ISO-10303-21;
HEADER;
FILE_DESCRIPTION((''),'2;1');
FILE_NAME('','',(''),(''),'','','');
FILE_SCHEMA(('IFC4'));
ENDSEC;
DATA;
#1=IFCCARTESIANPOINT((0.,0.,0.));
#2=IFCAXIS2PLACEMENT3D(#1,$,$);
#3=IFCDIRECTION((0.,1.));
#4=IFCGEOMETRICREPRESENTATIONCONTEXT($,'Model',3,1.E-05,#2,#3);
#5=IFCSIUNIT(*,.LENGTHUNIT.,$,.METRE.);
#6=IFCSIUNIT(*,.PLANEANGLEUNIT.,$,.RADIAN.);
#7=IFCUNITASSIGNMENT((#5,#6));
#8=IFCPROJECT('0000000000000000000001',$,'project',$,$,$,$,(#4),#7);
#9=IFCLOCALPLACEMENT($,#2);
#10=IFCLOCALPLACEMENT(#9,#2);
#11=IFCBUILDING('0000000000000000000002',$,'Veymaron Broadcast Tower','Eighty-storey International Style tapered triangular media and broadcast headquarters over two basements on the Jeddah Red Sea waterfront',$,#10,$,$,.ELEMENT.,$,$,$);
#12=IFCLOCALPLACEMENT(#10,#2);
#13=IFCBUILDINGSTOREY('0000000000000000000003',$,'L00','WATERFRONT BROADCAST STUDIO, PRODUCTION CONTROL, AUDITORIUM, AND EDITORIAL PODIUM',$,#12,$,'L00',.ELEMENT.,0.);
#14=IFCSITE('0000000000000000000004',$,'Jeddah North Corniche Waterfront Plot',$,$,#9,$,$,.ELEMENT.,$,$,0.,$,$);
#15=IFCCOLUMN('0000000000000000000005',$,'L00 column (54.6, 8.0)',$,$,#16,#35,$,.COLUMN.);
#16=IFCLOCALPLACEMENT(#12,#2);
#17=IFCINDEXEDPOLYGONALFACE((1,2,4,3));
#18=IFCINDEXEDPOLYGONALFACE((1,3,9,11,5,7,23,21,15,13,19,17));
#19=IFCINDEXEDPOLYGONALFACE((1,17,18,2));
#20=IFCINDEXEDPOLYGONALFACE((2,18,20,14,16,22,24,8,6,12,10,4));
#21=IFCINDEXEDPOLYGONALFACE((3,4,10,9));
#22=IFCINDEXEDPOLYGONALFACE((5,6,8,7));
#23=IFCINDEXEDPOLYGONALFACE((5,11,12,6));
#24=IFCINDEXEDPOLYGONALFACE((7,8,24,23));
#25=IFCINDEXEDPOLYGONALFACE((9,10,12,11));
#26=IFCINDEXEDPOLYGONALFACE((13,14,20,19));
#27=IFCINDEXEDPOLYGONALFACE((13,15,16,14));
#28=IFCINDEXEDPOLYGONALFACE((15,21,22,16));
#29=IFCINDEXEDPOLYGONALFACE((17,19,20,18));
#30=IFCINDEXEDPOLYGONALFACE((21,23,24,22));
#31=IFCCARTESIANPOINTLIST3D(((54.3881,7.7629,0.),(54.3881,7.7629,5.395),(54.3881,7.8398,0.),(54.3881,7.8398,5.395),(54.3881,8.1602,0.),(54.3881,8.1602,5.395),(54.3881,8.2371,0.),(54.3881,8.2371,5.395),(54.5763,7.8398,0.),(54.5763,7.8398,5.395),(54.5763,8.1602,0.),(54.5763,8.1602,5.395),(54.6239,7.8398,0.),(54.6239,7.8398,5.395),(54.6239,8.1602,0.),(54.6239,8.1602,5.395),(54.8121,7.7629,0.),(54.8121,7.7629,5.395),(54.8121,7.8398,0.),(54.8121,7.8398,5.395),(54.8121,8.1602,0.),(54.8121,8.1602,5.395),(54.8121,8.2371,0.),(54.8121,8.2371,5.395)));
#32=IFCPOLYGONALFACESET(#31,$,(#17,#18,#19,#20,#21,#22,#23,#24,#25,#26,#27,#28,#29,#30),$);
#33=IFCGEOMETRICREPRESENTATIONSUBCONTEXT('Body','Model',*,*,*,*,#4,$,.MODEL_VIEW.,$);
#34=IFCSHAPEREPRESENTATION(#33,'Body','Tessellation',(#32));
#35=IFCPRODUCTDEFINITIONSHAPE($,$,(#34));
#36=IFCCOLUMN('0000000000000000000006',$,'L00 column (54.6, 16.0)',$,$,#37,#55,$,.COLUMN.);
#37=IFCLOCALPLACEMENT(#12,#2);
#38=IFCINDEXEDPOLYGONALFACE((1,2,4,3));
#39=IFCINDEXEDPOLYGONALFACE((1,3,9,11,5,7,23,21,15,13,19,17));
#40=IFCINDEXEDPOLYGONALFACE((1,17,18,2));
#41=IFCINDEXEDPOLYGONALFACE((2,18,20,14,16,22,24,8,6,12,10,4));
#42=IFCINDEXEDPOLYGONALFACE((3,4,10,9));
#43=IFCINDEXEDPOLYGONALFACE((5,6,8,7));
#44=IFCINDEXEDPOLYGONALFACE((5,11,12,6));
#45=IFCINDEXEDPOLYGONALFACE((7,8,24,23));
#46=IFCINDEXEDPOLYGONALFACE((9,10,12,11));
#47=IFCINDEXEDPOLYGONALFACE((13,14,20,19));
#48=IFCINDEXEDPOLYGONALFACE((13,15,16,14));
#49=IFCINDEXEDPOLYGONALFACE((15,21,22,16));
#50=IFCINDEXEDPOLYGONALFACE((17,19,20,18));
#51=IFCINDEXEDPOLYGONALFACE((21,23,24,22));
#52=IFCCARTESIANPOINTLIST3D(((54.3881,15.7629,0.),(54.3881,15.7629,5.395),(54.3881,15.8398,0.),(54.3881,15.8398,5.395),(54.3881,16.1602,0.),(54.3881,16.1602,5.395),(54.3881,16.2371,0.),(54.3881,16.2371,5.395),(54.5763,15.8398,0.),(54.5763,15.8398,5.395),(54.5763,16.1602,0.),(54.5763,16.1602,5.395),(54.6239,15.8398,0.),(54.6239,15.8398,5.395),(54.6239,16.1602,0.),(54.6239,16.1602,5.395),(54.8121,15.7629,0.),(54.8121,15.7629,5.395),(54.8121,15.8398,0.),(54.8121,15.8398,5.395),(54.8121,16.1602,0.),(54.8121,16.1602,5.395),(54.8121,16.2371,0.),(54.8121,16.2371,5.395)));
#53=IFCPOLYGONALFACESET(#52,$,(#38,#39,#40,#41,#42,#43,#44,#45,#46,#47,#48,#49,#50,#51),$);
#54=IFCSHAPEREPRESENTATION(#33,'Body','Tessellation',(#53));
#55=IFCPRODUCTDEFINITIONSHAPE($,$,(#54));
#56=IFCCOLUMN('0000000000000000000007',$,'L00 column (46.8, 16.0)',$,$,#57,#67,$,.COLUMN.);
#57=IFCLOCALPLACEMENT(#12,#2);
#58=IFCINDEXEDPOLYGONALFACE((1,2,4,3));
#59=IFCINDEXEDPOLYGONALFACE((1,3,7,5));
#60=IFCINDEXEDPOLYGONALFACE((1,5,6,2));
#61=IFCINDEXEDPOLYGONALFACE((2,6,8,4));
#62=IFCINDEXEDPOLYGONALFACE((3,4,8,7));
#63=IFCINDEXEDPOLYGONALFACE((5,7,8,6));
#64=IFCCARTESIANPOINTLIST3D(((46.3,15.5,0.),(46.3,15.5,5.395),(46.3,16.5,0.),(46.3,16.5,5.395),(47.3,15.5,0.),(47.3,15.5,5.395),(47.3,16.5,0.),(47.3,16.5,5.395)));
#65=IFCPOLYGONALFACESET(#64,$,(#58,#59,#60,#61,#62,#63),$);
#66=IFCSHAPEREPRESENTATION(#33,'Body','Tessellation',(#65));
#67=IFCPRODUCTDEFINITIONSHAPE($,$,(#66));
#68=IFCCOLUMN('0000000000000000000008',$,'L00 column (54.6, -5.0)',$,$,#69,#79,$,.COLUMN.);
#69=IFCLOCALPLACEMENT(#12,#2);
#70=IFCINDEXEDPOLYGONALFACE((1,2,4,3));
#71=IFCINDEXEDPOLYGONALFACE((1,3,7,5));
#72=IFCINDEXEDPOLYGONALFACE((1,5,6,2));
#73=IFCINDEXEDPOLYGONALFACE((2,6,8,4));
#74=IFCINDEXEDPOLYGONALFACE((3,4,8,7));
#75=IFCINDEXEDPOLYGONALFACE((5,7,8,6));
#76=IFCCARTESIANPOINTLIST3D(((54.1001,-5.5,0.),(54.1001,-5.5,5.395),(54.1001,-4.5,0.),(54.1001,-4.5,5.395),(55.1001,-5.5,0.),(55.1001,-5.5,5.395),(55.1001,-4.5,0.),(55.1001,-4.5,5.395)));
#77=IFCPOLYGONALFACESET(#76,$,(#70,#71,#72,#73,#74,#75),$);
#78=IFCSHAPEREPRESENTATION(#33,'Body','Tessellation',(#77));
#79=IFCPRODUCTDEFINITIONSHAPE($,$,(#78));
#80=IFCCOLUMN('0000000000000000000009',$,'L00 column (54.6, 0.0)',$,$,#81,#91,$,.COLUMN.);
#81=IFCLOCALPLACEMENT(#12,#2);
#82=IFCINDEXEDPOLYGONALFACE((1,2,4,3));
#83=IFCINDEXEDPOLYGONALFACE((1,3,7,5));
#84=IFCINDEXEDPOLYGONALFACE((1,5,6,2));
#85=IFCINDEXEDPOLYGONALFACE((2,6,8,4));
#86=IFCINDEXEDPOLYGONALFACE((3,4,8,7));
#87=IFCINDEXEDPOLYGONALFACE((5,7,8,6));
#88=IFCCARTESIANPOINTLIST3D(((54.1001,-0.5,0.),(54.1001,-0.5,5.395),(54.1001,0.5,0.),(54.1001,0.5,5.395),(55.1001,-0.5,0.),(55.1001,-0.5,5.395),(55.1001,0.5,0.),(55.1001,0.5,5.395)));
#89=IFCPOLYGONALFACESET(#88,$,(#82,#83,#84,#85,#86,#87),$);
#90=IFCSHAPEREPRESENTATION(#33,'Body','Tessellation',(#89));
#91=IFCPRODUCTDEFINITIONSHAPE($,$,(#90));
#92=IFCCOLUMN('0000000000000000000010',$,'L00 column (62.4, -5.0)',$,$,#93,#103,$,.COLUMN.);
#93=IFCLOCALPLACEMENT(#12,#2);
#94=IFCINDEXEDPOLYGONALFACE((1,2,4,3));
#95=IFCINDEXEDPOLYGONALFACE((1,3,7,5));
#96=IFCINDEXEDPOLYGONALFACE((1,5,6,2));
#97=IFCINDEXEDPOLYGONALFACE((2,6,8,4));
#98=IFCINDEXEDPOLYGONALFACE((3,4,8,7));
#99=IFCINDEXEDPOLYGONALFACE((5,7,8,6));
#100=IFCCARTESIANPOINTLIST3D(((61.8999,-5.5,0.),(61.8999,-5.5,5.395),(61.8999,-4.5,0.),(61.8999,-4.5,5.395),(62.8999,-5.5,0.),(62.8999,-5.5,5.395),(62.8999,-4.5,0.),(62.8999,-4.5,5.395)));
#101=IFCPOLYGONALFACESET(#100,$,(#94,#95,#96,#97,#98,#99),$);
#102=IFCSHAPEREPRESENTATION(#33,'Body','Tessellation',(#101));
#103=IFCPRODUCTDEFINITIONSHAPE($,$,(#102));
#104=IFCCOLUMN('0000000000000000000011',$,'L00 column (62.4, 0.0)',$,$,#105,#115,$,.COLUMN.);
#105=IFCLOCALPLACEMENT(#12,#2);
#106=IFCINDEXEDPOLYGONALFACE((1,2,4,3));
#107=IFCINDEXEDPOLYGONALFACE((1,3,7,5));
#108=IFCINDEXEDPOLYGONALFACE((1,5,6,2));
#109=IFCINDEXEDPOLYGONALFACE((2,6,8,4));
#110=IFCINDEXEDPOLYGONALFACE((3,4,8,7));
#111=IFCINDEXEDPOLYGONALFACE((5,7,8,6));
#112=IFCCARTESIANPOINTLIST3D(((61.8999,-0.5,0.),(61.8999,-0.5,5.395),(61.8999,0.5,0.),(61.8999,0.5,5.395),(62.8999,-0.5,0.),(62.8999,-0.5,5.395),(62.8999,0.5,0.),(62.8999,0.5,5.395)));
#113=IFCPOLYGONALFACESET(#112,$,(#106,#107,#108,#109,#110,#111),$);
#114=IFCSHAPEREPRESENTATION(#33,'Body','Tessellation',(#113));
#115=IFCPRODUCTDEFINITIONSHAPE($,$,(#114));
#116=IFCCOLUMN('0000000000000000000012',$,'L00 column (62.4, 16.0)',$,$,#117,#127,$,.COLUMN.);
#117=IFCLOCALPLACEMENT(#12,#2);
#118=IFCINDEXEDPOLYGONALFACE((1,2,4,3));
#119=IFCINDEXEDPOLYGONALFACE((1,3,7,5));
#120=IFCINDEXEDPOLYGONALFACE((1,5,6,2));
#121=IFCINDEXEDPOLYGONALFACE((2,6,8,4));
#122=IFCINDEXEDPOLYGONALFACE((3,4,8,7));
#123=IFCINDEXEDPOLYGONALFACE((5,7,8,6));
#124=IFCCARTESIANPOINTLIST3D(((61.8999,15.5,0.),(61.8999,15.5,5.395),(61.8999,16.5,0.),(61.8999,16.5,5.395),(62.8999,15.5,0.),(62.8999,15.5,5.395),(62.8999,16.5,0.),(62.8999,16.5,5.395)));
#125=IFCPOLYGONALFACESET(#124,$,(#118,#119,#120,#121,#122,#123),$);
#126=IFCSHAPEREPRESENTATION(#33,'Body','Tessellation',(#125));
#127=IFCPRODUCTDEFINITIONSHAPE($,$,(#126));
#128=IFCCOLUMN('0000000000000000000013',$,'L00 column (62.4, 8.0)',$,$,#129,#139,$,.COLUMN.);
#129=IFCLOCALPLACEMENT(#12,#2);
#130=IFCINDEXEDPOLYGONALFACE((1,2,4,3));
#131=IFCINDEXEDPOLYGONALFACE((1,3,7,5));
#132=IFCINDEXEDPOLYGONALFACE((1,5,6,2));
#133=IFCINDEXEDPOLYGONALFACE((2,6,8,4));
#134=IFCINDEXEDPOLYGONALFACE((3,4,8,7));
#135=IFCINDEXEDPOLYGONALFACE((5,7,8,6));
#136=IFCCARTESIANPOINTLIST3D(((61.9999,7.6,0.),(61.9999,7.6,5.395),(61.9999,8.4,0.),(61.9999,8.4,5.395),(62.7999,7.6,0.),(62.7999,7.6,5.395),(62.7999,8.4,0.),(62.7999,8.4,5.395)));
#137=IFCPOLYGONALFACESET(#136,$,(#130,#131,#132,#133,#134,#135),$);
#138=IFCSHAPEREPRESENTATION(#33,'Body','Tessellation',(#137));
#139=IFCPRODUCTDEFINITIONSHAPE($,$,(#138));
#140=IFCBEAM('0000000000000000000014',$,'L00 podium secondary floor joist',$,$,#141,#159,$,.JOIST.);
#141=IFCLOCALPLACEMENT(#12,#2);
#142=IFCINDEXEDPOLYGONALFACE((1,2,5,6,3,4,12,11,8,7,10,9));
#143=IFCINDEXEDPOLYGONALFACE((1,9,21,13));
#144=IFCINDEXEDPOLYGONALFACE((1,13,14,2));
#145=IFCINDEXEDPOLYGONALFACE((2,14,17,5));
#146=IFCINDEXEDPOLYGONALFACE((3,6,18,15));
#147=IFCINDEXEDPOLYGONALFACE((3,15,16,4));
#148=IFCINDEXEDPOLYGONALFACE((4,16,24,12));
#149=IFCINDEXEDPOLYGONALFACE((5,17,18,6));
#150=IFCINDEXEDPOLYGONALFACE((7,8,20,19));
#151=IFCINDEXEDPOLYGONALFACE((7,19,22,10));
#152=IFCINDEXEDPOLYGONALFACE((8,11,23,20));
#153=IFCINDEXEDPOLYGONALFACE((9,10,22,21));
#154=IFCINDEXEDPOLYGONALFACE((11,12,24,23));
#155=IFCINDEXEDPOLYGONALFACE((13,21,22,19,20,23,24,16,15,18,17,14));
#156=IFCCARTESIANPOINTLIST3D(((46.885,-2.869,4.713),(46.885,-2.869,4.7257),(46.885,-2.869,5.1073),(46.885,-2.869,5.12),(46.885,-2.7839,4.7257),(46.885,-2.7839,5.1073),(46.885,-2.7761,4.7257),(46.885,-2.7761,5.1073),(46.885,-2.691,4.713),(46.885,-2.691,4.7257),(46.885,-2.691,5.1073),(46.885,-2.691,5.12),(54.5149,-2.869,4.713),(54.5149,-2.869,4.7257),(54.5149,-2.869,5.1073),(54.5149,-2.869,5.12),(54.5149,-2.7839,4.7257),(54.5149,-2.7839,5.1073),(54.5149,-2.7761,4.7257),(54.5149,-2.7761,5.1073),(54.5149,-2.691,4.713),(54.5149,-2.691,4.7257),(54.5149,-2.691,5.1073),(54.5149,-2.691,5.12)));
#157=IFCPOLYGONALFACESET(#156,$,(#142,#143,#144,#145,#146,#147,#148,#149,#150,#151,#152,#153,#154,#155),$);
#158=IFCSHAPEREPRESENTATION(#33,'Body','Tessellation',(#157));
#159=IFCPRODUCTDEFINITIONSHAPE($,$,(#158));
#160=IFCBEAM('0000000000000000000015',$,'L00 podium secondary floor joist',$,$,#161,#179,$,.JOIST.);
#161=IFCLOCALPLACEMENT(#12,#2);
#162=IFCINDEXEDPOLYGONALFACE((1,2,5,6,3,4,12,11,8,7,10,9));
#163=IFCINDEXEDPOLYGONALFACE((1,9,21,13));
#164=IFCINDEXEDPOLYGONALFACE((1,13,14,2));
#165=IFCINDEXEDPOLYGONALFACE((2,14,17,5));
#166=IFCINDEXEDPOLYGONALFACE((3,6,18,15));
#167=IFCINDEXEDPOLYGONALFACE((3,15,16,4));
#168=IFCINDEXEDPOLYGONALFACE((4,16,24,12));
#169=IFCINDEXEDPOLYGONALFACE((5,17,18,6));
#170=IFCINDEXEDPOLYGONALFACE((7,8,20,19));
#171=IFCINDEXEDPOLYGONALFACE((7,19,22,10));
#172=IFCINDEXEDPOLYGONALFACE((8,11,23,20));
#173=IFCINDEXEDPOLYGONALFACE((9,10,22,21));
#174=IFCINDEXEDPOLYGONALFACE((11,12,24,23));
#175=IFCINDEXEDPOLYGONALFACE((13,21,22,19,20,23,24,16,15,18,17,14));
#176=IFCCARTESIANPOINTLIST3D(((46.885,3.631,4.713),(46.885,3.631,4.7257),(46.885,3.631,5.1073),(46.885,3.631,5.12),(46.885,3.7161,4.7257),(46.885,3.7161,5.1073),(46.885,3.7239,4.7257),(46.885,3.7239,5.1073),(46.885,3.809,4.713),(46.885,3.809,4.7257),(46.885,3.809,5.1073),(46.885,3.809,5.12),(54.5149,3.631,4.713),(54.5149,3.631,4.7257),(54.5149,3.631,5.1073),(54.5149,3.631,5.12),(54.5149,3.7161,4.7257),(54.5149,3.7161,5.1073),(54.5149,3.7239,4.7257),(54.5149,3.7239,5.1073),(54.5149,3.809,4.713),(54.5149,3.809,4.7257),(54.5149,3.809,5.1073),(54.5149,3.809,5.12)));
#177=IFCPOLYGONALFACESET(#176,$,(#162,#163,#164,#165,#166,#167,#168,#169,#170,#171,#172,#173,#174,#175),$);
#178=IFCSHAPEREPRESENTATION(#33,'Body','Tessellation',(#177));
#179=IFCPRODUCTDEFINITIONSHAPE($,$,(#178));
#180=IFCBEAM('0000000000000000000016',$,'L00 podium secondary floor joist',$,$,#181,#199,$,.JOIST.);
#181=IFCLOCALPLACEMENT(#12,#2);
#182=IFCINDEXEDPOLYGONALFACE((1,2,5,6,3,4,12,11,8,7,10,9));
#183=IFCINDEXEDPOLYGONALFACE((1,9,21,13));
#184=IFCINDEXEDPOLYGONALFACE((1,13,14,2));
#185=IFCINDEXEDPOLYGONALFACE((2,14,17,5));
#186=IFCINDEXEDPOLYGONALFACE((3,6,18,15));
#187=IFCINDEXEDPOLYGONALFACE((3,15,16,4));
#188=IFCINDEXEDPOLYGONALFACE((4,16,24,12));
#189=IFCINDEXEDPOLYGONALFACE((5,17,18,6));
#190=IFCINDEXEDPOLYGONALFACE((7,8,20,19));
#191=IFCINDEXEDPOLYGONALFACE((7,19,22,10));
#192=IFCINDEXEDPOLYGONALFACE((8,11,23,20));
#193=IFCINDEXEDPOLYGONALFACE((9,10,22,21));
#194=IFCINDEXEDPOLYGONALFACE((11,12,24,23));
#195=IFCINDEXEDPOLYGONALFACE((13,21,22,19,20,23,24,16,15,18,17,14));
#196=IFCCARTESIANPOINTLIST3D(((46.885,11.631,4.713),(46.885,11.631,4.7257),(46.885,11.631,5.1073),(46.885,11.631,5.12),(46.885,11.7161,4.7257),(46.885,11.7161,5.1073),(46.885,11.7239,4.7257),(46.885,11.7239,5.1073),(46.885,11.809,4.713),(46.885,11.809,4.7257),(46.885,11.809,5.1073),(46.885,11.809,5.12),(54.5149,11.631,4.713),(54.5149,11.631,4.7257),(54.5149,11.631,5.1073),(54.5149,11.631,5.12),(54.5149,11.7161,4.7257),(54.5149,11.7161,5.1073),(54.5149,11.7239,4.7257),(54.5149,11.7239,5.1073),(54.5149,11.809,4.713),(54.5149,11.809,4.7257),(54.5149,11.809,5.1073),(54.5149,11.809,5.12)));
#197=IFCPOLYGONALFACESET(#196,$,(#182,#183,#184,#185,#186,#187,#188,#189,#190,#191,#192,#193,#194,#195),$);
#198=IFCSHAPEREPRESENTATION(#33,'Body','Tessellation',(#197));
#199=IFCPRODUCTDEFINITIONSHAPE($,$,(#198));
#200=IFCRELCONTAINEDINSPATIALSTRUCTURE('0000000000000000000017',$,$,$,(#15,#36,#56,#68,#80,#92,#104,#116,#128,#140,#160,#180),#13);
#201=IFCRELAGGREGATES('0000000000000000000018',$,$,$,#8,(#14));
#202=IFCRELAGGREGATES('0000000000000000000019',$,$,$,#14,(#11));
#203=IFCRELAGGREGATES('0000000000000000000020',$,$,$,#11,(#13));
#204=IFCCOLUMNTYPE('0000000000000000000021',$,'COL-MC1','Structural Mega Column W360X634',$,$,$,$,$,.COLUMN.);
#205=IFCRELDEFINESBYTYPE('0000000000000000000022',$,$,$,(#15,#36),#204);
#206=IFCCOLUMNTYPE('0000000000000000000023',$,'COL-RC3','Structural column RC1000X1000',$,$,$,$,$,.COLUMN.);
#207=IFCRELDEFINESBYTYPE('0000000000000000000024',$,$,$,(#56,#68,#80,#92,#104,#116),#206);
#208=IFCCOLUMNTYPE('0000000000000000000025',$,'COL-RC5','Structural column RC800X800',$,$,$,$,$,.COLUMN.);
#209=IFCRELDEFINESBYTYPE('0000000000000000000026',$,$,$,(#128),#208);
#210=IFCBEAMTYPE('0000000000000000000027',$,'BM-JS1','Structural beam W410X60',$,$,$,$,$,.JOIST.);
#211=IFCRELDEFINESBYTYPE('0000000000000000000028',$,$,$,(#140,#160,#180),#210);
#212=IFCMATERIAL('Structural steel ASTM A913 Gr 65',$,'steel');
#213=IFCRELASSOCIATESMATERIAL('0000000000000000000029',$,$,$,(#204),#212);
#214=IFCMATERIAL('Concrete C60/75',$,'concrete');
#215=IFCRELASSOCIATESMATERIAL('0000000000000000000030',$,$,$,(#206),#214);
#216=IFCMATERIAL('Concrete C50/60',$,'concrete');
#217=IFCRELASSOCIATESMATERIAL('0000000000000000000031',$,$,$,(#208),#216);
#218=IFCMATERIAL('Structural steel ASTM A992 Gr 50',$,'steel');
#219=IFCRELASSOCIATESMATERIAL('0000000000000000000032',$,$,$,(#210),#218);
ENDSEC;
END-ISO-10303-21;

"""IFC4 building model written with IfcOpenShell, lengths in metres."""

from ifc_helpers import new_model, si_unit, direction, frame, origin, origin_2d, place, context, subcontext, project, spatial, rectangle, i_section, extrude, material, material_profile, profile_set, type_object, element, save


model = new_model("IFC4")

# Units and contexts
model_context = context("Model", 3, precision=1e-05, world=origin(), true_north=direction((0.0, 1.0)))
body_context = subcontext(model_context, "Body", "Model", "MODEL_VIEW")
ifc_project = project(units=[si_unit("LENGTHUNIT", "METRE"), si_unit("PLANEANGLEUNIT", "RADIAN")], contexts=[model_context])

# Site, building, storey
site_placement = place(None, origin())
site = spatial("IfcSite", under=ifc_project, at=site_placement, Name="Jeddah North Corniche Waterfront Plot", CompositionType="ELEMENT", RefElevation=0.0)
building_placement = place(site_placement, origin())
building = spatial("IfcBuilding", under=site, at=building_placement, Name="Veymaron Broadcast Tower", Description="Eighty-storey International Style tapered triangular media and broadcast headquarters over two basements on the Jeddah Red Sea waterfront", CompositionType="ELEMENT")
storey_placement = place(building_placement, origin())
storey = spatial("IfcBuildingStorey", under=building, at=storey_placement, Name="L00", Description="WATERFRONT BROADCAST STUDIO, PRODUCTION CONTROL, AUDITORIUM, AND EDITORIAL PODIUM", LongName="L00", CompositionType="ELEMENT", Elevation=0.0)

# Columns
ifc_material_1 = material(Name="Structural steel ASTM A913 Gr 65", Category="steel")
ifc_material_profile_1 = material_profile(ifc_material_1, i_section(OverallWidth=0.4241, OverallDepth=0.4741, WebThickness=0.0476, FlangeThickness=0.0769, at=origin_2d()), Name="W360X634")
ifc_profile_set_1 = profile_set([ifc_material_profile_1], Name="Structural steel ASTM A913 Gr 65")
column_type_1 = type_object("IfcColumnType", Name="COL-MC1", Description="Structural Mega Column W360X634", PredefinedType="COLUMN", material=ifc_profile_set_1)
for number, where, z_axis, x_axis, name in (
    (1, (54.6001, 8.0, 0.0), (0.0, 0.0, 1.0), (1.0, 0.0, 0.0), "L00 column (54.6, 8.0)"),
    (2, (54.6001, 16.0, 0.0), (0.0, 0.0, 1.0), (1.0, 0.0, 0.0), "L00 column (54.6, 16.0)"),
):
    element("IfcColumn", number, at=place(storey_placement, frame(where, z_axis=z_axis, x_axis=x_axis)), inside=storey, type_object=column_type_1, Name=name, PredefinedType="COLUMN", context=body_context, shape_type="SweptSolid", body=[
        extrude(i_section(OverallWidth=0.4241, OverallDepth=0.4741, WebThickness=0.0476, FlangeThickness=0.0769, at=origin_2d()), origin(), (0.0, 0.0, 1.0), 5.395),
    ])
ifc_material_2 = material(Name="Concrete C60/75", Category="concrete")
ifc_material_profile_2 = material_profile(ifc_material_2, rectangle(XDim=1.0, YDim=1.0, at=origin_2d()), Name="RC1000X1000")
ifc_profile_set_2 = profile_set([ifc_material_profile_2], Name="Concrete C60/75")
column_type_2 = type_object("IfcColumnType", Name="COL-RC3", Description="Structural column RC1000X1000", PredefinedType="COLUMN", material=ifc_profile_set_2)
for number, where, z_axis, x_axis, name in (
    (3, (46.8, 16.0, 0.0), (0.0, 0.0, 1.0), (1.0, 0.0, 0.0), "L00 column (46.8, 16.0)"),
    (4, (54.6001, -5.0, 0.0), (0.0, 0.0, 1.0), (1.0, 0.0, 0.0), "L00 column (54.6, -5.0)"),
    (5, (54.6001, 0.0, 0.0), (0.0, 0.0, 1.0), (1.0, 0.0, 0.0), "L00 column (54.6, 0.0)"),
    (6, (62.3999, -5.0, 0.0), (0.0, 0.0, 1.0), (1.0, 0.0, 0.0), "L00 column (62.4, -5.0)"),
    (7, (62.3999, 0.0, 0.0), (0.0, 0.0, 1.0), (1.0, 0.0, 0.0), "L00 column (62.4, 0.0)"),
    (8, (62.3999, 16.0, 0.0), (0.0, 0.0, 1.0), (1.0, 0.0, 0.0), "L00 column (62.4, 16.0)"),
):
    element("IfcColumn", number, at=place(storey_placement, frame(where, z_axis=z_axis, x_axis=x_axis)), inside=storey, type_object=column_type_2, Name=name, PredefinedType="COLUMN", context=body_context, shape_type="SweptSolid", body=[
        extrude(rectangle(XDim=1.0, YDim=1.0, at=origin_2d()), origin(), (0.0, 0.0, 1.0), 5.395),
    ])
ifc_material_3 = material(Name="Concrete C50/60", Category="concrete")
ifc_material_profile_3 = material_profile(ifc_material_3, rectangle(XDim=0.8, YDim=0.8, at=origin_2d()), Name="RC800X800")
ifc_profile_set_3 = profile_set([ifc_material_profile_3], Name="Concrete C50/60")
column_type_3 = type_object("IfcColumnType", Name="COL-RC5", Description="Structural column RC800X800", PredefinedType="COLUMN", material=ifc_profile_set_3)
column_placement = place(storey_placement, frame((62.3999, 8.0, 0.0), z_axis=(0.0, 0.0, 1.0), x_axis=(1.0, 0.0, 0.0)))
element("IfcColumn", 9, at=column_placement, inside=storey, type_object=column_type_3, Name="L00 column (62.4, 8.0)", PredefinedType="COLUMN", context=body_context, shape_type="SweptSolid", body=[
    extrude(rectangle(XDim=0.8, YDim=0.8, at=origin_2d()), origin(), (0.0, 0.0, 1.0), 5.395),
])

# Beams
ifc_material_4 = material(Name="Structural steel ASTM A992 Gr 50", Category="steel")
ifc_material_profile_4 = material_profile(ifc_material_4, i_section(OverallWidth=0.178, OverallDepth=0.407, WebThickness=0.0078, FlangeThickness=0.0127, at=origin_2d()), Name="W410X60")
ifc_profile_set_4 = profile_set([ifc_material_profile_4], Name="Structural steel ASTM A992 Gr 50")
beam_type_1 = type_object("IfcBeamType", Name="BM-JS1", Description="Structural beam W410X60", PredefinedType="JOIST", material=ifc_profile_set_4)
for number, where, z_axis, x_axis, name in (
    (10, (46.885, -2.78, 4.9165), (1.0, 0.0, 0.0), (0.0, 1.0, 0.0), "L00 podium secondary floor joist"),
    (11, (46.885, 3.72, 4.9165), (1.0, 0.0, 0.0), (0.0, 1.0, 0.0), "L00 podium secondary floor joist"),
    (12, (46.885, 11.72, 4.9165), (1.0, 0.0, 0.0), (0.0, 1.0, 0.0), "L00 podium secondary floor joist"),
):
    element("IfcBeam", number, at=place(storey_placement, frame(where, z_axis=z_axis, x_axis=x_axis)), inside=storey, type_object=beam_type_1, Name=name, PredefinedType="JOIST", context=body_context, shape_type="SweptSolid", body=[
        extrude(i_section(OverallWidth=0.178, OverallDepth=0.407, WebThickness=0.0078, FlangeThickness=0.0127, at=origin_2d()), origin(), (0.0, 0.0, 1.0), 7.6299),
    ])

save(model, "model.ifc")
